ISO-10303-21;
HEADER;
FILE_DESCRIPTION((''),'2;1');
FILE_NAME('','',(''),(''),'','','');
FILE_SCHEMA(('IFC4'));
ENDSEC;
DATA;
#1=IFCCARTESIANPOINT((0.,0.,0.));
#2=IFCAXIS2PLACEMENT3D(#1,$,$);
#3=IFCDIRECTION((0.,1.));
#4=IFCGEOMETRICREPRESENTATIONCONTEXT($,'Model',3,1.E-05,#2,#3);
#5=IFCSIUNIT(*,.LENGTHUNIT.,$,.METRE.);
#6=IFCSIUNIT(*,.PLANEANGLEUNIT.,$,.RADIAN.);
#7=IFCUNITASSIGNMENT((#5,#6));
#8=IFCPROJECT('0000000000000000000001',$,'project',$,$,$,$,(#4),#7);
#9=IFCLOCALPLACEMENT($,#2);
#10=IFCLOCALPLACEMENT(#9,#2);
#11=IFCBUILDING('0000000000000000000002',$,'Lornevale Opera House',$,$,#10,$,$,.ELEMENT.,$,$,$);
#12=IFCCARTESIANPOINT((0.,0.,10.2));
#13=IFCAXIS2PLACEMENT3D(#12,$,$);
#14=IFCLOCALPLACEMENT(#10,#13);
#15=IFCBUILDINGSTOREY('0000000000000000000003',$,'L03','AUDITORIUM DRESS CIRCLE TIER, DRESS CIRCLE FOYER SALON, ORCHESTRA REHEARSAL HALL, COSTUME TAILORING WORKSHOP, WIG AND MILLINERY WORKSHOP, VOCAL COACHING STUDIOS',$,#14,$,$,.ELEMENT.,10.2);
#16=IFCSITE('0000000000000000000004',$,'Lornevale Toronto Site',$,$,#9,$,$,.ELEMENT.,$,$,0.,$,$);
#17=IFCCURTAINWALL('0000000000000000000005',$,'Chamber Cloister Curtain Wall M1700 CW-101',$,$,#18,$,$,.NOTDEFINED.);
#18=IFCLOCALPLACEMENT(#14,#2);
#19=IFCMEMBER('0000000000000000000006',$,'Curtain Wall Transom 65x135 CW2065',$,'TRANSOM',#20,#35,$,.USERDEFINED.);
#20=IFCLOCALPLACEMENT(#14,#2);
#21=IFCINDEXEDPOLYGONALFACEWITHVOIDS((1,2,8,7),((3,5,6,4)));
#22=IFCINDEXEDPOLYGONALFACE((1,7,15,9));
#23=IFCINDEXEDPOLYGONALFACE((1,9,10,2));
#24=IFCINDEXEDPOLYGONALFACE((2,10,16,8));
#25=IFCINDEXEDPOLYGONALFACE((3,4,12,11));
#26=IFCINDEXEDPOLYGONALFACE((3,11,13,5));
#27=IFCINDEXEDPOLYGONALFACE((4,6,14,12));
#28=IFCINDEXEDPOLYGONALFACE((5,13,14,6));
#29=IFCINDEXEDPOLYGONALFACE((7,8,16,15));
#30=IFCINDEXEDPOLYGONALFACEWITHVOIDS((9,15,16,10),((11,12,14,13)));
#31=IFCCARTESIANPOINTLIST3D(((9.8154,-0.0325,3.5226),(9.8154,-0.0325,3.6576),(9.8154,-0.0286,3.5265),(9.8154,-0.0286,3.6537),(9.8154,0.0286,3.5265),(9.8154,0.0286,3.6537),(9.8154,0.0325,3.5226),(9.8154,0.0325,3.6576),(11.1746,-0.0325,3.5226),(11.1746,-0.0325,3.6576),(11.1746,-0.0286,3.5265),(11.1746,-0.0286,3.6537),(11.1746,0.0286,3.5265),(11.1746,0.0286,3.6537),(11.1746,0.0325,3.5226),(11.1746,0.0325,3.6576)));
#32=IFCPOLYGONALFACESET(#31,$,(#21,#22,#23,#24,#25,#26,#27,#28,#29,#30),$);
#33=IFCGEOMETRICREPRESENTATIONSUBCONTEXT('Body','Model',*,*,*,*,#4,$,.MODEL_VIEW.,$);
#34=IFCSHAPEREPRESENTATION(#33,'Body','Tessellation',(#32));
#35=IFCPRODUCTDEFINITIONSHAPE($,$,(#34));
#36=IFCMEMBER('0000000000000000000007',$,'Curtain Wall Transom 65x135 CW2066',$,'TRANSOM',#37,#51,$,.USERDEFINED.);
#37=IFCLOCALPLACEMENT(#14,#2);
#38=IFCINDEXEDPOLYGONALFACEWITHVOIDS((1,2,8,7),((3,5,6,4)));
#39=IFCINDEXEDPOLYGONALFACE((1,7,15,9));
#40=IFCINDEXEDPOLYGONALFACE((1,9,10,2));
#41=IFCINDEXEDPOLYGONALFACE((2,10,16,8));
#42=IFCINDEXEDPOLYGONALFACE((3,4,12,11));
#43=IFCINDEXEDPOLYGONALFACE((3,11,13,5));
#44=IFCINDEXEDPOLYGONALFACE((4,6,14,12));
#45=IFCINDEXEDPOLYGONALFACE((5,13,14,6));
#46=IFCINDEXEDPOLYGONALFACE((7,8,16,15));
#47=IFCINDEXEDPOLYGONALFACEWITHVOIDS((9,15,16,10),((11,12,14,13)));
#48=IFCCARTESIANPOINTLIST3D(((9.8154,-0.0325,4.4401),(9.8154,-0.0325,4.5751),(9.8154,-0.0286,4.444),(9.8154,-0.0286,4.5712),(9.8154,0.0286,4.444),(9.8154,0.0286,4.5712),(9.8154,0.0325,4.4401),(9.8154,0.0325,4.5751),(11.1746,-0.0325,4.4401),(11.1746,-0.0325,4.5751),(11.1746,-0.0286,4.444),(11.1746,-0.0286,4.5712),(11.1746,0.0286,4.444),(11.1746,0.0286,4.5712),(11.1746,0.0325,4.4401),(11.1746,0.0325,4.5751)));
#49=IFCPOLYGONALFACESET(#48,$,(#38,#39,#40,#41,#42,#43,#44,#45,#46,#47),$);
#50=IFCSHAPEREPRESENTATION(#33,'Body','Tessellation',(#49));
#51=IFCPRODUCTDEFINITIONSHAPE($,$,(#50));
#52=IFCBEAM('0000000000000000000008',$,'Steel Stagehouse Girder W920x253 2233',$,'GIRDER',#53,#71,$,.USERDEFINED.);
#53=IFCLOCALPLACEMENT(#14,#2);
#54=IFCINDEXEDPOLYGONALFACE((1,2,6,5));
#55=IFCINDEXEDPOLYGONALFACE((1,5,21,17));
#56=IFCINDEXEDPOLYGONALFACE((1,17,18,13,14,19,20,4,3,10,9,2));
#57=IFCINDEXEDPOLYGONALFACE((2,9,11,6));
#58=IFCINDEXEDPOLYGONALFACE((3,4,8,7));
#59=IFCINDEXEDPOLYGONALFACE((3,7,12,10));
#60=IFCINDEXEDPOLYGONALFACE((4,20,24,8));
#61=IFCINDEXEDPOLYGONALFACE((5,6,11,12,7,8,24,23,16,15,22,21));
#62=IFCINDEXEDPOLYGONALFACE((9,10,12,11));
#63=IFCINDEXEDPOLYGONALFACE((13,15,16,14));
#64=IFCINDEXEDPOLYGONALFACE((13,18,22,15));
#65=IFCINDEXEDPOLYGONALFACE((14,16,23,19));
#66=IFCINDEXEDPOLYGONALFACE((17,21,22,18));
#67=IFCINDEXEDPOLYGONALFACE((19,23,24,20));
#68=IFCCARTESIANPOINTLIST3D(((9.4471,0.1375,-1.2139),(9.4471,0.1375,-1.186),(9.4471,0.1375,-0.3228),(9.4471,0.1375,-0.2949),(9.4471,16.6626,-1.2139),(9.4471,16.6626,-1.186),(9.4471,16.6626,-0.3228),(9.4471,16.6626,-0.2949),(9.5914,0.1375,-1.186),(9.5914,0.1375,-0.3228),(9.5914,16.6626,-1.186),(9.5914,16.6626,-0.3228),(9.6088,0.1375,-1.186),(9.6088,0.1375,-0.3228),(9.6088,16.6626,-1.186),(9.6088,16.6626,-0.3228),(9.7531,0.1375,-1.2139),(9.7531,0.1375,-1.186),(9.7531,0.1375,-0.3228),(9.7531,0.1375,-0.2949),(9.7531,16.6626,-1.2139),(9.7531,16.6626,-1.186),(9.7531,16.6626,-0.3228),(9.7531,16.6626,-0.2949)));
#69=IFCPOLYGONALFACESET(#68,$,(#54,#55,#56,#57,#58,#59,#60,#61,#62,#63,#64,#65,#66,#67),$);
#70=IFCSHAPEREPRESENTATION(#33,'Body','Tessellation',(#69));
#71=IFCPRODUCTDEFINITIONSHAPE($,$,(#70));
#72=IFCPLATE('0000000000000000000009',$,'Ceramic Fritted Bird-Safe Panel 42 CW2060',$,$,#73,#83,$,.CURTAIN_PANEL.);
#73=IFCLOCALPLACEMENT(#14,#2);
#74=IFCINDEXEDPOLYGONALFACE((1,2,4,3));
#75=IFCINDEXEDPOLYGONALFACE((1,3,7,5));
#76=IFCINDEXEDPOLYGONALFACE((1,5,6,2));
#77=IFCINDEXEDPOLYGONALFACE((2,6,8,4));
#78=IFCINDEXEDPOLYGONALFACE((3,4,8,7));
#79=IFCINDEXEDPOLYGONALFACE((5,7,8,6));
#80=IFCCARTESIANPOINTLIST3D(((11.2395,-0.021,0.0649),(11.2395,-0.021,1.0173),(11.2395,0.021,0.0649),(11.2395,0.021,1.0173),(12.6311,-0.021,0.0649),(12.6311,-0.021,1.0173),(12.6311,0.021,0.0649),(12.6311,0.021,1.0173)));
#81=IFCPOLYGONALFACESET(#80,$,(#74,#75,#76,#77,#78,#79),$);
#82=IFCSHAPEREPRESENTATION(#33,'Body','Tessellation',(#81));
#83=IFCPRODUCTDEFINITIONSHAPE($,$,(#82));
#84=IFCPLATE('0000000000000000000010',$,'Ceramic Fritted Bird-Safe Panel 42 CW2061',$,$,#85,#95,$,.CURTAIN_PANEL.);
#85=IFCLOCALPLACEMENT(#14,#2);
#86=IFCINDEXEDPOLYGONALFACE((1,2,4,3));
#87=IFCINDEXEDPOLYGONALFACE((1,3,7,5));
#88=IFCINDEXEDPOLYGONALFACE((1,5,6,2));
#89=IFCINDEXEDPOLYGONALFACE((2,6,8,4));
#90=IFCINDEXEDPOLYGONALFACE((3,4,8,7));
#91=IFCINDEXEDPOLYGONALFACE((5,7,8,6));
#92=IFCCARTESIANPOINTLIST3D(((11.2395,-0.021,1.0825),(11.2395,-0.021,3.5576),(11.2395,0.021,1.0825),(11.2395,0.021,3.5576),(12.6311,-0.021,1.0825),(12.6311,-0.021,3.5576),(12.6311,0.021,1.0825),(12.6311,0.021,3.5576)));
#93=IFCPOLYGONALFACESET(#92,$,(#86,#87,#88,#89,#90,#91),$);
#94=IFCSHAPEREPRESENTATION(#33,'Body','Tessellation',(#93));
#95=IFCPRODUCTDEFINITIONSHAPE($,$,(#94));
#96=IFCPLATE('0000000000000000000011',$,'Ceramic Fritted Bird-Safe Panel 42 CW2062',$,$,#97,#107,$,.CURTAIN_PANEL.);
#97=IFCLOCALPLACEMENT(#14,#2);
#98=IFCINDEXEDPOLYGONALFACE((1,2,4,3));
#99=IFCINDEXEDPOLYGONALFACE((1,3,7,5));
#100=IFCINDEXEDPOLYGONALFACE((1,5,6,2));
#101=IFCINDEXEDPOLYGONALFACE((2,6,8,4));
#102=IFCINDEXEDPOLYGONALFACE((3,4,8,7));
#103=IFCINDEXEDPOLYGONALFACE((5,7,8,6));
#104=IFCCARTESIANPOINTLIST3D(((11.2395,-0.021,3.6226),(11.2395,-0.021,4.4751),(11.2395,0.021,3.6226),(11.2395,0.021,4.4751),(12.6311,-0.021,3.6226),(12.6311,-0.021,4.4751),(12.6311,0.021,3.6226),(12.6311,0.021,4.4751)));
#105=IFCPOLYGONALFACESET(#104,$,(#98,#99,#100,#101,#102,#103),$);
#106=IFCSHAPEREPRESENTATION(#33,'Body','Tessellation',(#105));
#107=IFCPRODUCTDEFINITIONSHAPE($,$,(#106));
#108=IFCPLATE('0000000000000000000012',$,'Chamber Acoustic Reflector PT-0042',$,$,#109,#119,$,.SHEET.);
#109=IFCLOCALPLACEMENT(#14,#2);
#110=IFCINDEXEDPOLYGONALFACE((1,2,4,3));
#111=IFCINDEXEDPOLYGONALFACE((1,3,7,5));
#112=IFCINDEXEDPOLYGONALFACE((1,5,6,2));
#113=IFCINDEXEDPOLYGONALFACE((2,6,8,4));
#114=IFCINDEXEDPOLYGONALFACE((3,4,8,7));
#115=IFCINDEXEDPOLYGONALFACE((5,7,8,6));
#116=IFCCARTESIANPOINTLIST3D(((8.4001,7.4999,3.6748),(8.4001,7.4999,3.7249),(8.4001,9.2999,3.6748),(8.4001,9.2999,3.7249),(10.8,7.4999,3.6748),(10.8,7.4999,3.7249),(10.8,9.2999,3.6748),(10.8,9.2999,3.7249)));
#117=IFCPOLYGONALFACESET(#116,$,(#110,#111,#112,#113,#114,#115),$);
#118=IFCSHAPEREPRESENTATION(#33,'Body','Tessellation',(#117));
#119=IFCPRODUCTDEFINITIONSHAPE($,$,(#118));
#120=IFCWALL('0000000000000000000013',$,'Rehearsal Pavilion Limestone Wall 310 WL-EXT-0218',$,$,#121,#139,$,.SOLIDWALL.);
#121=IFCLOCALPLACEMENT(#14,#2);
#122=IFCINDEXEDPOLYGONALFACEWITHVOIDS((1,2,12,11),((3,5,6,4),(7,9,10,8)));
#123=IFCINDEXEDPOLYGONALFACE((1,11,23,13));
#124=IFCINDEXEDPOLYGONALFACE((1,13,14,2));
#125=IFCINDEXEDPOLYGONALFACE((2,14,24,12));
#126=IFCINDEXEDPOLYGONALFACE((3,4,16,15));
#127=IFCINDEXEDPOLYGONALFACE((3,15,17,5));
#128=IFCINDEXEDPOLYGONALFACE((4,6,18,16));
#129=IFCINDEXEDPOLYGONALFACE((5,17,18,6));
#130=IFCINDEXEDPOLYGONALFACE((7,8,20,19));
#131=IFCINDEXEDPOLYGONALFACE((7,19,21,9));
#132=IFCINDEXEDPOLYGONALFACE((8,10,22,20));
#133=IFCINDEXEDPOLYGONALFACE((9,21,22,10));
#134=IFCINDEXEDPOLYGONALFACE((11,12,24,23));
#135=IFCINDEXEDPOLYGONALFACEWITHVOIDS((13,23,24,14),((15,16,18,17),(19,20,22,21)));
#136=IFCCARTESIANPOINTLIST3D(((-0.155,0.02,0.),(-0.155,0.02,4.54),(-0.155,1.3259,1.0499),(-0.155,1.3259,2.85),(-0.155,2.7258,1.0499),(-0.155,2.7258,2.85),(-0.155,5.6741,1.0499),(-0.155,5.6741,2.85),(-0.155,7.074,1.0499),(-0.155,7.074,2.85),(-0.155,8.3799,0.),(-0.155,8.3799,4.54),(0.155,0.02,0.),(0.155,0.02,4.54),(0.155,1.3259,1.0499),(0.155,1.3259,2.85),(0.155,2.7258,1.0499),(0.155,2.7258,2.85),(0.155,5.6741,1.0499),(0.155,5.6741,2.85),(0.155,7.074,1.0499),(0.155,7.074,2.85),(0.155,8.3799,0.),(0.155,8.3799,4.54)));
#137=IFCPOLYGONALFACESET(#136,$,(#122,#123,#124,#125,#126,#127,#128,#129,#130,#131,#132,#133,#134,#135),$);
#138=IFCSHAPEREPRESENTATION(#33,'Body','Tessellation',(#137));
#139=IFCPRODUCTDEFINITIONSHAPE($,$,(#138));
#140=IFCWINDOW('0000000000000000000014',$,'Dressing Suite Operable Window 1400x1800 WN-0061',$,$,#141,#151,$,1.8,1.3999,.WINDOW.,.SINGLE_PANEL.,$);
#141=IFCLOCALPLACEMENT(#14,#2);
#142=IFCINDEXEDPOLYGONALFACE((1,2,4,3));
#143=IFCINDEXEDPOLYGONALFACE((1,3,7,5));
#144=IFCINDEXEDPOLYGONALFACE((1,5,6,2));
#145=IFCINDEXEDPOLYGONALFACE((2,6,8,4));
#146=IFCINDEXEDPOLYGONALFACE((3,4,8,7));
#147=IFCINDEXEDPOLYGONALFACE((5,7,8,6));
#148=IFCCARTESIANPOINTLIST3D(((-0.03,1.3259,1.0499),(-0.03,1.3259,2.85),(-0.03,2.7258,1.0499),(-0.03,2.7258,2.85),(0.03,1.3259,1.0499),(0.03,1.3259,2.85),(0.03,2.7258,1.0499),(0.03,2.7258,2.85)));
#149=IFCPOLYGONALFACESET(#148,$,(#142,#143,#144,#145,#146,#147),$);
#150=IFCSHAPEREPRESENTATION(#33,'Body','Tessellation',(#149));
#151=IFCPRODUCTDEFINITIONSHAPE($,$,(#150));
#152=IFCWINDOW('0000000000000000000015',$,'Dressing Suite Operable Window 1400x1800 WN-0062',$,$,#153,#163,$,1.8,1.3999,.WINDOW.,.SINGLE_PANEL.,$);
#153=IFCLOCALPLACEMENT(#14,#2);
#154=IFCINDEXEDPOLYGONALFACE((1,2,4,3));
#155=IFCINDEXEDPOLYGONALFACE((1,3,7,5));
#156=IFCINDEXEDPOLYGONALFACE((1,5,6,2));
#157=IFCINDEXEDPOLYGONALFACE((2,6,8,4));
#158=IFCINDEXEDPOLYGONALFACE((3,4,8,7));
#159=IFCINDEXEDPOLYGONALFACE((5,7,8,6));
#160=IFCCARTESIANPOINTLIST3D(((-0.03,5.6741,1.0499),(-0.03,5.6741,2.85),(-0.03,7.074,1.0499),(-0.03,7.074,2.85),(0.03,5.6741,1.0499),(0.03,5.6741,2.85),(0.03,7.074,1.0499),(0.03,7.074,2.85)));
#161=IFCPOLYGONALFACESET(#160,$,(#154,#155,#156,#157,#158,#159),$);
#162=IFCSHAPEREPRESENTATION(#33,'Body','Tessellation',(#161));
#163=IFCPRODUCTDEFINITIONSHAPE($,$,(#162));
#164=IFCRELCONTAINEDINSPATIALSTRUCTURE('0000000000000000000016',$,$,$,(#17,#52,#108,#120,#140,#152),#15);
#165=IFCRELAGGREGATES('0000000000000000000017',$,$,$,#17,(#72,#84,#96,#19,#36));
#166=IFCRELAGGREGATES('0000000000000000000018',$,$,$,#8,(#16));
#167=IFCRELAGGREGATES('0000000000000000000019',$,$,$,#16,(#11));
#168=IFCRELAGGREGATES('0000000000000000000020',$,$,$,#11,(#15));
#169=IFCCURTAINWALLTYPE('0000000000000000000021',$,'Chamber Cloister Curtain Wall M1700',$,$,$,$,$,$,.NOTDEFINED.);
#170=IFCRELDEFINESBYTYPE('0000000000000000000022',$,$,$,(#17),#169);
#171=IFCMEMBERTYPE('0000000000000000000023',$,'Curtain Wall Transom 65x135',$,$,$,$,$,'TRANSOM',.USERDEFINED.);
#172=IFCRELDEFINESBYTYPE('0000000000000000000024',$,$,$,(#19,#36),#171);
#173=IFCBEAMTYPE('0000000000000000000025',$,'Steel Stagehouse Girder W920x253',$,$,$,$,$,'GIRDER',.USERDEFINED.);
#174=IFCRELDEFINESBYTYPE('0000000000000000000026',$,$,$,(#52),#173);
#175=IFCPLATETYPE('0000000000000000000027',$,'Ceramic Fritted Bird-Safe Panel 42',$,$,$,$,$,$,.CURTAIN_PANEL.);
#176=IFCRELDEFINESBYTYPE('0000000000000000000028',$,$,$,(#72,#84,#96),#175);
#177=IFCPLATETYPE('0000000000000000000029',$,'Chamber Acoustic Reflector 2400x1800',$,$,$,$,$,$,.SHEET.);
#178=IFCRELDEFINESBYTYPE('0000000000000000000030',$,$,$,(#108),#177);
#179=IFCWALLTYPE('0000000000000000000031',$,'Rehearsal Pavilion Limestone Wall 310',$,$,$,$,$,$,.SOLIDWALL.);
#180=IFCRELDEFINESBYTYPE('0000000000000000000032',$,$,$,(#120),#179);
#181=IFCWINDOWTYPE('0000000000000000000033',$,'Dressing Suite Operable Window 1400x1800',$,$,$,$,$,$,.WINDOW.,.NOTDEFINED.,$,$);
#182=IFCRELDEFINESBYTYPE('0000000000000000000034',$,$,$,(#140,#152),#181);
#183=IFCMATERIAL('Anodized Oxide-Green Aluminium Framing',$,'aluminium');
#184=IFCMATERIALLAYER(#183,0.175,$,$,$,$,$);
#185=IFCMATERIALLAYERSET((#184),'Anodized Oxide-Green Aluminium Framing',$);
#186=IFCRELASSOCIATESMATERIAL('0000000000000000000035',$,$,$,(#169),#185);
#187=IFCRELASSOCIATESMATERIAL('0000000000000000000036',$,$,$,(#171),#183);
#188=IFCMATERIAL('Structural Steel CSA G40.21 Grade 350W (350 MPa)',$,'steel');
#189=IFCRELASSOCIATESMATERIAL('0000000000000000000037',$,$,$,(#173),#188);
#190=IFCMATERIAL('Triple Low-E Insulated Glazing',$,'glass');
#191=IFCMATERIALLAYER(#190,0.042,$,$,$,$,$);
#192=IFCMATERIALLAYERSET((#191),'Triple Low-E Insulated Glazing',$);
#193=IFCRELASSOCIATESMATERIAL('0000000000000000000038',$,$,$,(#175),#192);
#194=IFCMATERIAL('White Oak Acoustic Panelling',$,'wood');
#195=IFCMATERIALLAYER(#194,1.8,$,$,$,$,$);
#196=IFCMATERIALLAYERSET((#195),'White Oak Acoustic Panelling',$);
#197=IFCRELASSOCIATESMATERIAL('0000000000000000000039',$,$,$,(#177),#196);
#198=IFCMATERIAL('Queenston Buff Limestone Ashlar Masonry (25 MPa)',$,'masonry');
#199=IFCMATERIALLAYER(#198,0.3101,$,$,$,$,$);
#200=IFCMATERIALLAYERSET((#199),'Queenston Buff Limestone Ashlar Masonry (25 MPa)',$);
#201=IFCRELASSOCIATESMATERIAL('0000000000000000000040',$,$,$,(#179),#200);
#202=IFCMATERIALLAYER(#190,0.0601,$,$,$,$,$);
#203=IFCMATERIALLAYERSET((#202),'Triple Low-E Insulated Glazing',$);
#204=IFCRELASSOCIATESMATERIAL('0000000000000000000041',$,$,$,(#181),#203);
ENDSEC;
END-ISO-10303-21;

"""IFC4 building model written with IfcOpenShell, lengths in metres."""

from ifc_helpers import new_model, si_unit, direction, frame, frame_2d, origin, origin_2d, place, context, subcontext, project, spatial, rectangle, hollow_rectangle, i_section, extrude, material, layer, layer_set, material_profile, profile_set, type_object, element, fill, aggregate, save


model = new_model("IFC4")

# Units and contexts
model_context = context("Model", 3, precision=1e-05, world=origin(), true_north=direction((0.0, 1.0)))
body_context = subcontext(model_context, "Body", "Model", "MODEL_VIEW")
ifc_project = project(units=[si_unit("LENGTHUNIT", "METRE"), si_unit("PLANEANGLEUNIT", "RADIAN")], contexts=[model_context])

# Site, building, storey
site_placement = place(None, origin())
site = spatial("IfcSite", under=ifc_project, at=site_placement, Name="Lornevale Toronto Site", CompositionType="ELEMENT", RefElevation=0.0)
building_placement = place(site_placement, origin())
building = spatial("IfcBuilding", under=site, at=building_placement, Name="Lornevale Opera House", CompositionType="ELEMENT")
storey_placement = place(building_placement, frame((0.0, 0.0, 10.2)))
storey = spatial("IfcBuildingStorey", under=building, at=storey_placement, Name="L03", Description="AUDITORIUM DRESS CIRCLE TIER, DRESS CIRCLE FOYER SALON, ORCHESTRA REHEARSAL HALL, COSTUME TAILORING WORKSHOP, WIG AND MILLINERY WORKSHOP, VOCAL COACHING STUDIOS", CompositionType="ELEMENT", Elevation=10.2)

# Shared definitions
ifc_material_1 = material(Name="Structural Steel CSA G40.21 Grade 350W (350 MPa)", Category="steel")

# Curtain wall, members
ifc_material_2 = material(Name="Anodized Oxide-Green Aluminium Framing", Category="aluminium")
ifc_layer_1 = layer(ifc_material_2, 0.175)
ifc_layer_set_1 = layer_set([ifc_layer_1], Name="Anodized Oxide-Green Aluminium Framing")
curtain_wall_type = type_object("IfcCurtainWallType", Name="Chamber Cloister Curtain Wall M1700", PredefinedType="NOTDEFINED", material=ifc_layer_set_1)
curtain_wall_placement = place(storey_placement, origin())
curtain_wall = element("IfcCurtainWall", 1, at=curtain_wall_placement, inside=storey, type_object=curtain_wall_type, Name="Chamber Cloister Curtain Wall M1700 CW-101", PredefinedType="NOTDEFINED")
ifc_material_profile_1 = material_profile(ifc_material_2, hollow_rectangle(XDim=0.0649, YDim=0.135, WallThickness=0.0039, at=origin_2d()), Name="ALU65x135x4")
ifc_profile_set_1 = profile_set([ifc_material_profile_1], Name="Anodized Oxide-Green Aluminium Framing")
member_type_1 = type_object("IfcMemberType", Name="Curtain Wall Transom 65x135", ElementType="TRANSOM", PredefinedType="USERDEFINED", material=ifc_profile_set_1)
member_1_placement = place(storey_placement, frame((11.1746, 0.0, 3.5901), z_axis=(-1.0, 0.0, 0.0), x_axis=(0.0, -1.0, 0.0)))
member_1 = element("IfcMember", 2, at=member_1_placement, type_object=member_type_1, Name="Curtain Wall Transom 65x135 CW2065", ObjectType="TRANSOM", PredefinedType="USERDEFINED", context=body_context, shape_type="SweptSolid", body=[
    extrude(hollow_rectangle(XDim=0.0649, YDim=0.135, WallThickness=0.0039, at=origin_2d()), origin(), (0.0, 0.0, 1.0), 1.3591),
])
member_2_placement = place(storey_placement, frame((11.1746, 0.0, 4.5076), z_axis=(-1.0, 0.0, 0.0), x_axis=(0.0, -1.0, 0.0)))
member_2 = element("IfcMember", 3, at=member_2_placement, type_object=member_type_1, Name="Curtain Wall Transom 65x135 CW2066", ObjectType="TRANSOM", PredefinedType="USERDEFINED", context=body_context, shape_type="SweptSolid", body=[
    extrude(hollow_rectangle(XDim=0.0649, YDim=0.135, WallThickness=0.0039, at=origin_2d()), origin(), (0.0, 0.0, 1.0), 1.3591),
])

# Beam
ifc_material_profile_2 = material_profile(ifc_material_1, i_section(OverallWidth=0.3059, OverallDepth=0.9189, WebThickness=0.0173, FlangeThickness=0.0278, at=origin_2d()), Name="W920x253")
ifc_profile_set_2 = profile_set([ifc_material_profile_2], Name="Structural Steel CSA G40.21 Grade 350W (350 MPa)")
beam_type_1 = type_object("IfcBeamType", Name="Steel Stagehouse Girder W920x253", ElementType="GIRDER", PredefinedType="USERDEFINED", material=ifc_profile_set_2)
beam_1_placement = place(storey_placement, frame((9.6001, 0.1375, -0.7544), z_axis=(0.0, 1.0, 0.0), x_axis=(-1.0, 0.0, 0.0)))
element("IfcBeam", 4, at=beam_1_placement, inside=storey, type_object=beam_type_1, Name="Steel Stagehouse Girder W920x253 2233", ObjectType="GIRDER", PredefinedType="USERDEFINED", context=body_context, shape_type="SweptSolid", body=[
    extrude(i_section(OverallWidth=0.3059, OverallDepth=0.9189, WebThickness=0.0173, FlangeThickness=0.0278, at=origin_2d()), origin(), (0.0, 0.0, 1.0), 16.5251),
])

# Plates
ifc_material_3 = material(Name="Triple Low-E Insulated Glazing", Category="glass")
ifc_layer_2 = layer(ifc_material_3, 0.042)
ifc_layer_set_2 = layer_set([ifc_layer_2], Name="Triple Low-E Insulated Glazing")
plate_type_1 = type_object("IfcPlateType", Name="Ceramic Fritted Bird-Safe Panel 42", PredefinedType="CURTAIN_PANEL", material=ifc_layer_set_2)
plate_1_placement = place(storey_placement, frame((11.9353, 0.0, 0.0649), z_axis=(0.0, 0.0, 1.0), x_axis=(-1.0, 0.0, 0.0)))
plate_1 = element("IfcPlate", 5, at=plate_1_placement, type_object=plate_type_1, Name="Ceramic Fritted Bird-Safe Panel 42 CW2060", PredefinedType="CURTAIN_PANEL", context=body_context, shape_type="SweptSolid", body=[
    extrude(rectangle(XDim=1.3916, YDim=0.042, at=origin_2d()), origin(), (0.0, 0.0, 1.0), 0.9524),
])
plate_2_placement = place(storey_placement, frame((11.9353, 0.0, 1.0825), z_axis=(0.0, 0.0, 1.0), x_axis=(-1.0, 0.0, 0.0)))
plate_2 = element("IfcPlate", 6, at=plate_2_placement, type_object=plate_type_1, Name="Ceramic Fritted Bird-Safe Panel 42 CW2061", PredefinedType="CURTAIN_PANEL", context=body_context, shape_type="SweptSolid", body=[
    extrude(rectangle(XDim=1.3916, YDim=0.042, at=origin_2d()), origin(), (0.0, 0.0, 1.0), 2.4751),
])
plate_3_placement = place(storey_placement, frame((11.9353, 0.0, 3.6226), z_axis=(0.0, 0.0, 1.0), x_axis=(-1.0, 0.0, 0.0)))
plate_3 = element("IfcPlate", 7, at=plate_3_placement, type_object=plate_type_1, Name="Ceramic Fritted Bird-Safe Panel 42 CW2062", PredefinedType="CURTAIN_PANEL", context=body_context, shape_type="SweptSolid", body=[
    extrude(rectangle(XDim=1.3916, YDim=0.042, at=origin_2d()), origin(), (0.0, 0.0, 1.0), 0.8525),
])
aggregate(curtain_wall, [plate_1, plate_2, plate_3, member_1, member_2])
ifc_material_4 = material(Name="White Oak Acoustic Panelling", Category="wood")
ifc_layer_3 = layer(ifc_material_4, 1.8)
ifc_layer_set_3 = layer_set([ifc_layer_3], Name="White Oak Acoustic Panelling")
plate_type_2 = type_object("IfcPlateType", Name="Chamber Acoustic Reflector 2400x1800", PredefinedType="SHEET", material=ifc_layer_set_3)
plate_4_placement = place(storey_placement, frame((9.6001, 8.3999, 3.6748), z_axis=(0.0, 0.0, 1.0), x_axis=(1.0, 0.0, 0.0)))
element("IfcPlate", 8, at=plate_4_placement, inside=storey, type_object=plate_type_2, Name="Chamber Acoustic Reflector PT-0042", PredefinedType="SHEET", context=body_context, shape_type="SweptSolid", body=[
    extrude(rectangle(XDim=2.3999, YDim=1.8, at=origin_2d()), origin(), (0.0, 0.0, 1.0), 0.05),
])

# Wall, openings, windows
ifc_material_5 = material(Name="Queenston Buff Limestone Ashlar Masonry (25 MPa)", Category="masonry")
ifc_layer_4 = layer(ifc_material_5, 0.3101)
ifc_layer_set_4 = layer_set([ifc_layer_4], Name="Queenston Buff Limestone Ashlar Masonry (25 MPa)")
wall_type = type_object("IfcWallType", Name="Rehearsal Pavilion Limestone Wall 310", PredefinedType="SOLIDWALL", material=ifc_layer_set_4)
wall_1_placement = place(storey_placement, frame((0.0, 0.02, 0.0), z_axis=(0.0, 0.0, 1.0), x_axis=(0.0, 1.0, 0.0)))
wall_1 = element("IfcWall", 9, at=wall_1_placement, inside=storey, type_object=wall_type, Name="Rehearsal Pavilion Limestone Wall 310 WL-EXT-0218", PredefinedType="SOLIDWALL", context=body_context, shape_type="SweptSolid", body=[
    extrude(rectangle(XDim=8.3599, YDim=0.3101, at=frame_2d((4.1799, 0.0))), origin(), (0.0, 0.0, 1.0), 4.54),
])
opening_1_placement = place(wall_1_placement, frame((1.3059, 0.0, 1.05)))
opening_1 = element("IfcOpeningElement", 10, at=opening_1_placement, cuts=wall_1, PredefinedType="OPENING", context=body_context, shape_type="SweptSolid", body=[
    extrude(rectangle(XDim=1.3999, YDim=1.8, at=frame_2d((0.7, 0.8999))), frame((0.0, 0.165, 0.0), z_axis=(0.0, -1.0, 0.0), x_axis=(1.0, 0.0, 0.0)), (0.0, 0.0, 1.0), 0.3301),
])
opening_2_placement = place(wall_1_placement, frame((5.6541, 0.0, 1.05)))
opening_2 = element("IfcOpeningElement", 11, at=opening_2_placement, cuts=wall_1, PredefinedType="OPENING", context=body_context, shape_type="SweptSolid", body=[
    extrude(rectangle(XDim=1.3999, YDim=1.8, at=frame_2d((0.7, 0.8999))), frame((0.0, 0.165, 0.0), z_axis=(0.0, -1.0, 0.0), x_axis=(1.0, 0.0, 0.0)), (0.0, 0.0, 1.0), 0.3301),
])
ifc_layer_5 = layer(ifc_material_3, 0.0601)
ifc_layer_set_5 = layer_set([ifc_layer_5], Name="Triple Low-E Insulated Glazing")
window_type_1 = type_object("IfcWindowType", Name="Dressing Suite Operable Window 1400x1800", PartitioningType="NOTDEFINED", PredefinedType="WINDOW", material=ifc_layer_set_5)
window_1_placement = place(opening_1_placement, origin())
window_1 = element("IfcWindow", 12, at=window_1_placement, inside=storey, type_object=window_type_1, Name="Dressing Suite Operable Window 1400x1800 WN-0061", OverallHeight=1.8, OverallWidth=1.3999, PartitioningType="SINGLE_PANEL", PredefinedType="WINDOW", context=body_context, shape_type="SweptSolid", body=[
    extrude(rectangle(XDim=1.3999, YDim=1.8, at=frame_2d((0.7, 0.8999))), frame((0.0, 0.03, 0.0), z_axis=(0.0, -1.0, 0.0), x_axis=(1.0, 0.0, 0.0)), (0.0, 0.0, 1.0), 0.0601),
])
fill(opening_1, window_1)
window_2_placement = place(opening_2_placement, origin())
window_2 = element("IfcWindow", 13, at=window_2_placement, inside=storey, type_object=window_type_1, Name="Dressing Suite Operable Window 1400x1800 WN-0062", OverallHeight=1.8, OverallWidth=1.3999, PartitioningType="SINGLE_PANEL", PredefinedType="WINDOW", context=body_context, shape_type="SweptSolid", body=[
    extrude(rectangle(XDim=1.3999, YDim=1.8, at=frame_2d((0.7, 0.8999))), frame((0.0, 0.03, 0.0), z_axis=(0.0, -1.0, 0.0), x_axis=(1.0, 0.0, 0.0)), (0.0, 0.0, 1.0), 0.0601),
])
fill(opening_2, window_2)

save(model, "model.ifc")
